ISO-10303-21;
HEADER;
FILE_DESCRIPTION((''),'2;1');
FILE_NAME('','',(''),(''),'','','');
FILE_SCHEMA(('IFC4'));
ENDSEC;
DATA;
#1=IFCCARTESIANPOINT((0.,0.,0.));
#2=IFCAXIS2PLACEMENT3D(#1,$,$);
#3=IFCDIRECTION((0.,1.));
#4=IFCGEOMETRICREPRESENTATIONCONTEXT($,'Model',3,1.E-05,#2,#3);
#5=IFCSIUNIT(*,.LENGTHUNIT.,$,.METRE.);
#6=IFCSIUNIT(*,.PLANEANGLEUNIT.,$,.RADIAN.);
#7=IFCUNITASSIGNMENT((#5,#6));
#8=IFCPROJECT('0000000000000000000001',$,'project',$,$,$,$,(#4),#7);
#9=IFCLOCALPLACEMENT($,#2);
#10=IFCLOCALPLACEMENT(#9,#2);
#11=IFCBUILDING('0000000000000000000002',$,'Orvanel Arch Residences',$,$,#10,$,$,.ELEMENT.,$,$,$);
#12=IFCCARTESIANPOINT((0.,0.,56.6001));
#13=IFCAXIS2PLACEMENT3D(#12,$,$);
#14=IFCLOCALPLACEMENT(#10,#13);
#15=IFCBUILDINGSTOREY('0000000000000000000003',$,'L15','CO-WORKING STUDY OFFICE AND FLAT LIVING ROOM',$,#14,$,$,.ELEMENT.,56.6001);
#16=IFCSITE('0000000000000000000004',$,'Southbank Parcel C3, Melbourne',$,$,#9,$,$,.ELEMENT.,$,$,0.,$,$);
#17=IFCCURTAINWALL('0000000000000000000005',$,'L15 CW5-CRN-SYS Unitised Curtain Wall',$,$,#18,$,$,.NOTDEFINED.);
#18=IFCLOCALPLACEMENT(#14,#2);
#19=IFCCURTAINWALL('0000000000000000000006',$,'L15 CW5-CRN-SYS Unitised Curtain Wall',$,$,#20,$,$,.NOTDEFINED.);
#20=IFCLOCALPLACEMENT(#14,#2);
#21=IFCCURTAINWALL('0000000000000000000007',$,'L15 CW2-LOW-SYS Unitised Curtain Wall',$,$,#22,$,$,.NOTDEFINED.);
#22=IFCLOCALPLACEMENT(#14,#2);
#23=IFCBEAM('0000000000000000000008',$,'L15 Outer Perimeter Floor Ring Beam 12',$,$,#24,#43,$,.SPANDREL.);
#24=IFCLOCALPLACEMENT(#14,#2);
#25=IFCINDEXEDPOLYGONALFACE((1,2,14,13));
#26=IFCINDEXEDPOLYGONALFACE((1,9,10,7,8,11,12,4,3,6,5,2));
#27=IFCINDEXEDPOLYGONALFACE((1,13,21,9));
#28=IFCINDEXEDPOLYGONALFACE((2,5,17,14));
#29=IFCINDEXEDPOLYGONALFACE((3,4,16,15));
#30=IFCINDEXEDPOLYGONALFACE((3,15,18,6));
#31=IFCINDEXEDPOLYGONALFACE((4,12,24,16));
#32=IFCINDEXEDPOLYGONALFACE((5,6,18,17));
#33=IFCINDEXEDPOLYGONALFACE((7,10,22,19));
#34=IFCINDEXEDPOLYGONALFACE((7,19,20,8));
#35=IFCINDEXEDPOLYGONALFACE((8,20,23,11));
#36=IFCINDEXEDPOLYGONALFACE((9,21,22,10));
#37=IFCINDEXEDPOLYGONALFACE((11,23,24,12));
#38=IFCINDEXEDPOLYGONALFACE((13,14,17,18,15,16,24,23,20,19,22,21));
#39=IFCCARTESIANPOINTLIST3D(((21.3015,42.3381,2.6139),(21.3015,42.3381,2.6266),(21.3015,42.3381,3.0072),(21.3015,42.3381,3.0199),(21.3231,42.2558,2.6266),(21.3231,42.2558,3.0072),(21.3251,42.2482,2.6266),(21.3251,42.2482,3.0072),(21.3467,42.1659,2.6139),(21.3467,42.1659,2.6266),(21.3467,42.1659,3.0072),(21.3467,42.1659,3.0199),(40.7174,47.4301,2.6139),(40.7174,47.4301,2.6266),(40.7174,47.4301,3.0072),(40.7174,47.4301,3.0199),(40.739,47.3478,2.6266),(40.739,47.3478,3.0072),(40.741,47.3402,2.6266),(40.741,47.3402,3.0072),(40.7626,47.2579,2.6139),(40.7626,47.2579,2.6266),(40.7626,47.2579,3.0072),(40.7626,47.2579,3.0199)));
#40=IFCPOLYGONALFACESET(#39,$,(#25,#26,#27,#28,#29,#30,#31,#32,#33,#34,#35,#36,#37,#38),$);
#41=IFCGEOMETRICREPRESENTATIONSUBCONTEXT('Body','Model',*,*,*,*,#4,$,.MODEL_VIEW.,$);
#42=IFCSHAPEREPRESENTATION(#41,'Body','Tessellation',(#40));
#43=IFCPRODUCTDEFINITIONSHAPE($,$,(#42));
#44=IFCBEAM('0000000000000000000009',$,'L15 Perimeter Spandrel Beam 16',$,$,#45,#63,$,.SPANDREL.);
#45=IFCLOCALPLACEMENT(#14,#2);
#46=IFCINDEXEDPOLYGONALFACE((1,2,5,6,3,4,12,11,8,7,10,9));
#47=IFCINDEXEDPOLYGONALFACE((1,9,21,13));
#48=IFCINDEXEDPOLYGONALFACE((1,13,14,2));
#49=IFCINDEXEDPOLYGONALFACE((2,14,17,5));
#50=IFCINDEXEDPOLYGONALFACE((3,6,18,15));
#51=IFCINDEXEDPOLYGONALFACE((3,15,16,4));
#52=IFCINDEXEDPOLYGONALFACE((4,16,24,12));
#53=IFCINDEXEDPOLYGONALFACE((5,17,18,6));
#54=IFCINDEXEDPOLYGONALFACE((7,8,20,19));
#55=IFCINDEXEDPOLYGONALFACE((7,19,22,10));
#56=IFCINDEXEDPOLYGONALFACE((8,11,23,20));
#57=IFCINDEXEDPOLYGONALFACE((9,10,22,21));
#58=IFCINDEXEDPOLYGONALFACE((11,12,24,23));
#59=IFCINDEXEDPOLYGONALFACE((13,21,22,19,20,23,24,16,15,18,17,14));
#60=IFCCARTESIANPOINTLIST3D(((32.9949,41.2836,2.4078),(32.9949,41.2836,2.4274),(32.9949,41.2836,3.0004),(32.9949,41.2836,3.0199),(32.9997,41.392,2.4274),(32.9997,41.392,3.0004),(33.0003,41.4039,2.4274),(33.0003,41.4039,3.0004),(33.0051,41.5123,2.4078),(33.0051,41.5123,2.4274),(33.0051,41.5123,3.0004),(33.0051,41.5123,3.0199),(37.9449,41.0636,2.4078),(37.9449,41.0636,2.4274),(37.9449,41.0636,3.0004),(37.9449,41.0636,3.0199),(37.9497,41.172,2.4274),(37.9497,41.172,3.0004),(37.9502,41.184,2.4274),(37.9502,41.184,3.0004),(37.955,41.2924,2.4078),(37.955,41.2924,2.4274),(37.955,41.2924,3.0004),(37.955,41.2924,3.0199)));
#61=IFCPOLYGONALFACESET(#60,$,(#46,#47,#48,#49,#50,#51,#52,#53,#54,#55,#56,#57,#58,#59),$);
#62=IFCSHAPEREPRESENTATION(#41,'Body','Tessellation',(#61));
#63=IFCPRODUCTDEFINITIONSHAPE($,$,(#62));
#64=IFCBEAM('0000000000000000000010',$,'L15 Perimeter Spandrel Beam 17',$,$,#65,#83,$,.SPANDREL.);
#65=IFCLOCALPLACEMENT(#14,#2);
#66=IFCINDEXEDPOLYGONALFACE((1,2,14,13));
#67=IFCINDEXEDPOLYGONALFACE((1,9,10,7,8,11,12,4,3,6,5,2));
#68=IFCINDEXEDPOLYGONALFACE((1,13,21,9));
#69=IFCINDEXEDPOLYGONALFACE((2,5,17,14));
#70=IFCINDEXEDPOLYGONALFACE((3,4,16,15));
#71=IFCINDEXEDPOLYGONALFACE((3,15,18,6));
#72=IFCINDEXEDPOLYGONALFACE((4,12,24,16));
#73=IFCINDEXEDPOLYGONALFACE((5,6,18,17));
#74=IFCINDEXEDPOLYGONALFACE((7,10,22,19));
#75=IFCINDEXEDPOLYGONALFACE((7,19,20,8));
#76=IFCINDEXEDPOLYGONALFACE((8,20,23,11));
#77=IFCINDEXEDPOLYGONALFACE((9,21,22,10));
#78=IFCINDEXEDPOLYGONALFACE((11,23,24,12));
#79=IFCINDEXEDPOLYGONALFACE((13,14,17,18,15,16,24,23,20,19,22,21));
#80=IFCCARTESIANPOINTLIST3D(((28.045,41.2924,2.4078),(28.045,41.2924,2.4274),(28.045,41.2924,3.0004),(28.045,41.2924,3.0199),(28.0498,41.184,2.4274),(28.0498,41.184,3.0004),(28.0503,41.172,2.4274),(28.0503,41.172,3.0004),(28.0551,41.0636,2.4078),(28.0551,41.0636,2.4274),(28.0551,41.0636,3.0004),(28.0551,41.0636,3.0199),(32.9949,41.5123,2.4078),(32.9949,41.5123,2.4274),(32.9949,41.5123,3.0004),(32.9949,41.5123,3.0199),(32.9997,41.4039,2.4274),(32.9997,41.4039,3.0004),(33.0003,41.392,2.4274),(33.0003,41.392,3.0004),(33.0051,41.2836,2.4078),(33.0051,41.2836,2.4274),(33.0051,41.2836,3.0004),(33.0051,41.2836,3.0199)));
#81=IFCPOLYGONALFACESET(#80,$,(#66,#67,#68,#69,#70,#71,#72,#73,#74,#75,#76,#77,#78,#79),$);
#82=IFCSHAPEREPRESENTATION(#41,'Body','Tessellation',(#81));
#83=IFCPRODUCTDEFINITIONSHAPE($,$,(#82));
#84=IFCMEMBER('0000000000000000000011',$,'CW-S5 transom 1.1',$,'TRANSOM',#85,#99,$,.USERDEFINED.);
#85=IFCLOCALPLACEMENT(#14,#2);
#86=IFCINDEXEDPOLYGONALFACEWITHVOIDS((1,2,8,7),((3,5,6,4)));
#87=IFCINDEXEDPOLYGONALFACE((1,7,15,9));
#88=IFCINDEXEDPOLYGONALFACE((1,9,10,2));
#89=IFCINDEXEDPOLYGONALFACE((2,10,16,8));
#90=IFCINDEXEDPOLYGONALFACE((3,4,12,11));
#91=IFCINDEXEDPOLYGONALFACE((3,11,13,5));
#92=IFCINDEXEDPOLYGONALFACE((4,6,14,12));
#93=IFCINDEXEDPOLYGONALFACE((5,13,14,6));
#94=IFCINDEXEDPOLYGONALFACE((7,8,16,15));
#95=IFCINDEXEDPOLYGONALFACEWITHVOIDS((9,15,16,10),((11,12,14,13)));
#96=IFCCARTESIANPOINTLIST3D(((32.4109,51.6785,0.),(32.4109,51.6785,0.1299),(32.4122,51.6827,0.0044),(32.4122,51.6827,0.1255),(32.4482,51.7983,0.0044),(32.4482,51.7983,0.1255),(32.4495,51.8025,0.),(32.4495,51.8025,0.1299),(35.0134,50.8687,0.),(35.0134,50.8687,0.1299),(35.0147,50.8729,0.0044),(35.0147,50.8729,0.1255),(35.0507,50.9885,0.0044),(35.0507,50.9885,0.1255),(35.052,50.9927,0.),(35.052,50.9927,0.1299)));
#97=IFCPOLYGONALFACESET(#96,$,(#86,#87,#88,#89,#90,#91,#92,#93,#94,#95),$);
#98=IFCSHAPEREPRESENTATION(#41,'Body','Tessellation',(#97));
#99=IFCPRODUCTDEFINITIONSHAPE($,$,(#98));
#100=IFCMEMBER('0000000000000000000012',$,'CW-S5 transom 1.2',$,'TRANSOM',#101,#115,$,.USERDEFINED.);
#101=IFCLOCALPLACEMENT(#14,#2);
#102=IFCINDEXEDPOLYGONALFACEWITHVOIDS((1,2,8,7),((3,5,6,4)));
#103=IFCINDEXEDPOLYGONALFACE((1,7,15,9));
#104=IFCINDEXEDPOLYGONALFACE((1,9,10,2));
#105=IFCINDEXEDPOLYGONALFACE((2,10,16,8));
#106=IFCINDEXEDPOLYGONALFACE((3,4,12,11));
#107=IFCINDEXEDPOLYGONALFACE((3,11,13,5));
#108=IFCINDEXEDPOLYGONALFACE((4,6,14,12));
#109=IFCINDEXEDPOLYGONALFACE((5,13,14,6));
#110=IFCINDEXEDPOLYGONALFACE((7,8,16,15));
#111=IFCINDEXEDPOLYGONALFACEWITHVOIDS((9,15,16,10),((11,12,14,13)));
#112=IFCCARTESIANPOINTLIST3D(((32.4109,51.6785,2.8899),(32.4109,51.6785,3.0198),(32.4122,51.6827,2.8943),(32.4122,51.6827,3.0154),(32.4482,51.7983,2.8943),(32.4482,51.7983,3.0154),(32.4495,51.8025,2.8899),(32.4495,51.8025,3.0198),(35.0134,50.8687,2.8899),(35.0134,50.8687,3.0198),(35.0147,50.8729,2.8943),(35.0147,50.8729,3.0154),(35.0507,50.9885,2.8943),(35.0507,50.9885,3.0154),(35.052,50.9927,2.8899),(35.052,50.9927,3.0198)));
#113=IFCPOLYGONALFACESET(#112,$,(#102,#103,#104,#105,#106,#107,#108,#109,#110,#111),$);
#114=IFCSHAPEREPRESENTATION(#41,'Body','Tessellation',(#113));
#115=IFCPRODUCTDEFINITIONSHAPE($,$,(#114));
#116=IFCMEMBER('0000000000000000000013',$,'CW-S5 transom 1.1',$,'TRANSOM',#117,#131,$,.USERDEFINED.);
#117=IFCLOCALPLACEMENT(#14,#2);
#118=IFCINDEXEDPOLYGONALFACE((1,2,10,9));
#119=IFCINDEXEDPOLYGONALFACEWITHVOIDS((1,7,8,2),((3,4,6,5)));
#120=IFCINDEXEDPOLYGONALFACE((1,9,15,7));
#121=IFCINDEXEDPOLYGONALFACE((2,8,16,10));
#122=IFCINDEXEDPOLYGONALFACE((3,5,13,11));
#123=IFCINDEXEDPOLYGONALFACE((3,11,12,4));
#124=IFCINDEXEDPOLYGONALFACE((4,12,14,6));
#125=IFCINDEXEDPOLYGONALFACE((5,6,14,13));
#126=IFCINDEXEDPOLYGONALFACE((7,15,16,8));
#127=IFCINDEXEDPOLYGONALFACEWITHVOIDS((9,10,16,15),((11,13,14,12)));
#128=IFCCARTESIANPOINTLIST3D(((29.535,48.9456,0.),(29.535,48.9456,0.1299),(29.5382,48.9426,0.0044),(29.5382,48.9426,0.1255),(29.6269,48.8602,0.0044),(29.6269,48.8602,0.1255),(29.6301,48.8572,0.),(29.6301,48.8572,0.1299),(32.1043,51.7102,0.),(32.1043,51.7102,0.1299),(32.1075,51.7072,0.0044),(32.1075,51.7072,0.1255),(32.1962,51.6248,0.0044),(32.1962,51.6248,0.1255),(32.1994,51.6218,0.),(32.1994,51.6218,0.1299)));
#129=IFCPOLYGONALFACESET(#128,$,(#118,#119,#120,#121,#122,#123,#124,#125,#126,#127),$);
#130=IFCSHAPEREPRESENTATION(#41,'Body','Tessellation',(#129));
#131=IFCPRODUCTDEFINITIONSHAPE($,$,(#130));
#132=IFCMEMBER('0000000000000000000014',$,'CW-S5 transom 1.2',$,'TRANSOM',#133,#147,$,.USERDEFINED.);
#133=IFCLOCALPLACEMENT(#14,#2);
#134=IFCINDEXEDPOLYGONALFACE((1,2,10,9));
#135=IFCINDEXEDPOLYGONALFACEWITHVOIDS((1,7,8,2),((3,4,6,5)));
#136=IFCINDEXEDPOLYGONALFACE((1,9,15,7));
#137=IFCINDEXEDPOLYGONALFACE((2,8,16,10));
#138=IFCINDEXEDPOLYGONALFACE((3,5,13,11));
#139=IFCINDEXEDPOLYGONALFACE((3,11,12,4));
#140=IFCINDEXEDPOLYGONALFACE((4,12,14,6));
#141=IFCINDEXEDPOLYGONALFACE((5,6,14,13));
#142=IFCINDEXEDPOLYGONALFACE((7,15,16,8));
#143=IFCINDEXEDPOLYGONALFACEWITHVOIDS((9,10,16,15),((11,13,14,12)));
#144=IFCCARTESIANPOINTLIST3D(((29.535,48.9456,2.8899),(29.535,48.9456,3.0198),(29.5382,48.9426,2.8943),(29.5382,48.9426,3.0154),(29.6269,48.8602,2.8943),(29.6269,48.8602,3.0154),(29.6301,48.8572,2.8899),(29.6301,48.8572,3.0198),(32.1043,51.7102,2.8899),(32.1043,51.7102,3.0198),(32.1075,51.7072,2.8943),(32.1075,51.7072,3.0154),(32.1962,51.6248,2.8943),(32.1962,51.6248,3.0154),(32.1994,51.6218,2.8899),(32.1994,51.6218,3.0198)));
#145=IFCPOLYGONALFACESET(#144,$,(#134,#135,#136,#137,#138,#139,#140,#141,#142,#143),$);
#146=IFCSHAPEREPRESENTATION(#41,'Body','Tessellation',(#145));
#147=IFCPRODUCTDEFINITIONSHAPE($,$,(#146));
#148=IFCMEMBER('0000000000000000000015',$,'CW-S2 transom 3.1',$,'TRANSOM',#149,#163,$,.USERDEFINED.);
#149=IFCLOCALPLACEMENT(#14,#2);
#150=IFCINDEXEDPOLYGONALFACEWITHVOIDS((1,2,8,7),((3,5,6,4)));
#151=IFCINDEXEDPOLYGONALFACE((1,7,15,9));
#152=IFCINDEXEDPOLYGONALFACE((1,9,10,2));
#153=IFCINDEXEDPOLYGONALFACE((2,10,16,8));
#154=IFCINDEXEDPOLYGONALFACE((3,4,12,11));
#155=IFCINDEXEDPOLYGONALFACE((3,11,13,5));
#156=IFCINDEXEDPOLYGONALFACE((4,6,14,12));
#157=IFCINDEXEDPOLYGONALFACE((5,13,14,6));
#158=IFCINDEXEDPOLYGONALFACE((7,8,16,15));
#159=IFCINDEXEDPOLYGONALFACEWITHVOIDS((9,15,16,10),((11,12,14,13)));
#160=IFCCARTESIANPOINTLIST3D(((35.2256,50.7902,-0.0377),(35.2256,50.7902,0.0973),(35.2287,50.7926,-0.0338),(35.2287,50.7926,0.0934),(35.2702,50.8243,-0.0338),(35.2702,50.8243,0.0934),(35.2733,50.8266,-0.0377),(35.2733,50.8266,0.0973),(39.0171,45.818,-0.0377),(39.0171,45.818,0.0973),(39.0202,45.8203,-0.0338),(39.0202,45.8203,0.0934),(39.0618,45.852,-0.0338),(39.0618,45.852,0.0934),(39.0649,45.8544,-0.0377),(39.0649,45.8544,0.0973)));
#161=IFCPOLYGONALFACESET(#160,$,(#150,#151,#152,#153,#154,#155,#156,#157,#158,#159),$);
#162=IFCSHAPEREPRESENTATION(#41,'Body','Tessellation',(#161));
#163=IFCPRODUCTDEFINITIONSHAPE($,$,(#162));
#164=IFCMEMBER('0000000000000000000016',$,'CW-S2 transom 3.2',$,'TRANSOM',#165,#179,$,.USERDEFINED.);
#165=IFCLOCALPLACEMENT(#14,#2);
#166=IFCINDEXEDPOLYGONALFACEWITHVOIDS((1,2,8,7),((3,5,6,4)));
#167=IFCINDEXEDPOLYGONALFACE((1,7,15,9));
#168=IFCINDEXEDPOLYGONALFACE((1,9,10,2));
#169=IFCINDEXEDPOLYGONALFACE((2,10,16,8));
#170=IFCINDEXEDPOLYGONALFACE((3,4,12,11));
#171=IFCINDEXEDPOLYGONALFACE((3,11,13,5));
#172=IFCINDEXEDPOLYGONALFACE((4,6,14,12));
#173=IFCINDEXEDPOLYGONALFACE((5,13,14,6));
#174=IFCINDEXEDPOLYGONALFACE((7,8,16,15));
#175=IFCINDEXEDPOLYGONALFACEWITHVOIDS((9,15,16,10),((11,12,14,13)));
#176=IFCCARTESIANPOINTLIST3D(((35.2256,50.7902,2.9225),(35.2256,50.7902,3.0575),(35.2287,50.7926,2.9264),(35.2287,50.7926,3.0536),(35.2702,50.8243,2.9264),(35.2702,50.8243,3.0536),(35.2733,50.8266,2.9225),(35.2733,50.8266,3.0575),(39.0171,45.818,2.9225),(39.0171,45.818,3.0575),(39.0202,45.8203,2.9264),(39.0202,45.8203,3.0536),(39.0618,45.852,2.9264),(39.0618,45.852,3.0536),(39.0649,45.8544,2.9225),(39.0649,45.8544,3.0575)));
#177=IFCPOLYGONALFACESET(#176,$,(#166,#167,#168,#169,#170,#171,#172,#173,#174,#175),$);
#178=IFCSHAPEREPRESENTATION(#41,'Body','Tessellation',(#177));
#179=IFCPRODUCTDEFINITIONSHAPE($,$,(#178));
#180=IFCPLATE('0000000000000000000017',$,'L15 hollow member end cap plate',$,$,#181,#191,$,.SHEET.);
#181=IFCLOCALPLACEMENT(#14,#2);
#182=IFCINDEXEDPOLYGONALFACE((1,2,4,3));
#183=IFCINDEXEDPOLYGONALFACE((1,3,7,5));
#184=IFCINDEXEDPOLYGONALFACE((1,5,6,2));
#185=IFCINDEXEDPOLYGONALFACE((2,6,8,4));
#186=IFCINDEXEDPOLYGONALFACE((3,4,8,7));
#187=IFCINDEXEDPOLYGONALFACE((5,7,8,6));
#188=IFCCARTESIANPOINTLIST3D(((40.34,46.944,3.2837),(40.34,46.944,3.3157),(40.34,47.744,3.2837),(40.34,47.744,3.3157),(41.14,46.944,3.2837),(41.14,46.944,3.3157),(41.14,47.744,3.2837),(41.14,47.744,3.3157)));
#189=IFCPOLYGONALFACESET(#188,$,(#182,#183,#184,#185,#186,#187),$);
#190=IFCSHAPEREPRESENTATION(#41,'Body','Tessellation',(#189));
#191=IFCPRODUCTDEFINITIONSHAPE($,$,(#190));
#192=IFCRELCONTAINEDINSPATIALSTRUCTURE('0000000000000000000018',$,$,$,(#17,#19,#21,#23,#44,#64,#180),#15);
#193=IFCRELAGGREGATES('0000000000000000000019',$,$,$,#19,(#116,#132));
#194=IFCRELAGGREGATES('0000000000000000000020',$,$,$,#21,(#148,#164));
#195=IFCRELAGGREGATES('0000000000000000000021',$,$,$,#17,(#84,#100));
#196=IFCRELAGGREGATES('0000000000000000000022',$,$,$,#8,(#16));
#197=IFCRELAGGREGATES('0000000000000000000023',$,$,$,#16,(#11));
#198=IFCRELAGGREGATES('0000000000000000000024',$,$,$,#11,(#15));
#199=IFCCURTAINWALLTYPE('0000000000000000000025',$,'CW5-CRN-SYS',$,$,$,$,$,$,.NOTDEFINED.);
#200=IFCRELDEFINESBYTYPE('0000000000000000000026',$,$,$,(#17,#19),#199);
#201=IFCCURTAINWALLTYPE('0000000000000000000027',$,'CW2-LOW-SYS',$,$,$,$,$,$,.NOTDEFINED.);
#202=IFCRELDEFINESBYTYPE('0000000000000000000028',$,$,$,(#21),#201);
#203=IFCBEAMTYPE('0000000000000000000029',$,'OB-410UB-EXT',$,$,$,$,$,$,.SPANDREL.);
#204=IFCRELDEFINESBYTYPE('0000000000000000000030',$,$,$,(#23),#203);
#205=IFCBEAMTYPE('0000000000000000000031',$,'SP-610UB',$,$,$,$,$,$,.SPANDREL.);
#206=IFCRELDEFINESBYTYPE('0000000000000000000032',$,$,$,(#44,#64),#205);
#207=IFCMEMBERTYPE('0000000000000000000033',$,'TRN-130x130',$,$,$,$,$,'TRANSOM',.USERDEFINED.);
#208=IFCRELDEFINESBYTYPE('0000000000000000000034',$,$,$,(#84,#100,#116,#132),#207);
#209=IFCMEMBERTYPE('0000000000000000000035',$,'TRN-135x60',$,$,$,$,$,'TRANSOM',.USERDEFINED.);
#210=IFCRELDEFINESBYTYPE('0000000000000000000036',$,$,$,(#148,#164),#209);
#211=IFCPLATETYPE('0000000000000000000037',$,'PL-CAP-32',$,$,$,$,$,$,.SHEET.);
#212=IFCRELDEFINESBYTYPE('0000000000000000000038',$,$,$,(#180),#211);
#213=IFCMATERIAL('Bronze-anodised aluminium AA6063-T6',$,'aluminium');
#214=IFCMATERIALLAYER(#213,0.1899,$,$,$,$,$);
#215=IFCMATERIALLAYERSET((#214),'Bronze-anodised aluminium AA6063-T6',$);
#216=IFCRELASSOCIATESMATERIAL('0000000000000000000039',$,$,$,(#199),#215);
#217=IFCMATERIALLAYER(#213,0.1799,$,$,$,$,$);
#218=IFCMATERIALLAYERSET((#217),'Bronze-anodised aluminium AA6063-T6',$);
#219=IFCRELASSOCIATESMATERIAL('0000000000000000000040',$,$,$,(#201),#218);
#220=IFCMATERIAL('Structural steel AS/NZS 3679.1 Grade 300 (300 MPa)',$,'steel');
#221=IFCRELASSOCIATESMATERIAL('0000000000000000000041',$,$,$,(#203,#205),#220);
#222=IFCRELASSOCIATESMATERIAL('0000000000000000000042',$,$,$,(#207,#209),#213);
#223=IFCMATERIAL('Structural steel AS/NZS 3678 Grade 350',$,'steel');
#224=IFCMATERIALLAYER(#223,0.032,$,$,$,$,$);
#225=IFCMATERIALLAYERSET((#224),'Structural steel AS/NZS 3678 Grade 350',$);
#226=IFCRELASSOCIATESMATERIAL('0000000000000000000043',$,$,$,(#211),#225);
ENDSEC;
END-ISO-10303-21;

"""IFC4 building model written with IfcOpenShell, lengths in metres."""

from ifc_helpers import new_model, si_unit, direction, frame, origin, origin_2d, place, context, subcontext, project, spatial, rectangle, hollow_rectangle, i_section, extrude, material, layer, layer_set, material_profile, profile_set, type_object, element, aggregate, save


model = new_model("IFC4")

# Units and contexts
model_context = context("Model", 3, precision=1e-05, world=origin(), true_north=direction((0.0, 1.0)))
body_context = subcontext(model_context, "Body", "Model", "MODEL_VIEW")
ifc_project = project(units=[si_unit("LENGTHUNIT", "METRE"), si_unit("PLANEANGLEUNIT", "RADIAN")], contexts=[model_context])

# Site, building, storey
site_placement = place(None, origin())
site = spatial("IfcSite", under=ifc_project, at=site_placement, Name="Southbank Parcel C3, Melbourne", CompositionType="ELEMENT", RefElevation=0.0)
building_placement = place(site_placement, origin())
building = spatial("IfcBuilding", under=site, at=building_placement, Name="Orvanel Arch Residences", CompositionType="ELEMENT")
storey_placement = place(building_placement, frame((0.0, 0.0, 56.6001)))
storey = spatial("IfcBuildingStorey", under=building, at=storey_placement, Name="L15", Description="CO-WORKING STUDY OFFICE AND FLAT LIVING ROOM", CompositionType="ELEMENT", Elevation=56.6001)

# Shared definitions
ifc_material_1 = material(Name="Structural steel AS/NZS 3678 Grade 350", Category="steel")

# Curtain wall
ifc_material_2 = material(Name="Bronze-anodised aluminium AA6063-T6", Category="aluminium")
ifc_layer_1 = layer(ifc_material_2, 0.1899)
ifc_layer_set_1 = layer_set([ifc_layer_1], Name="Bronze-anodised aluminium AA6063-T6")
curtain_wall_type_1 = type_object("IfcCurtainWallType", Name="CW5-CRN-SYS", PredefinedType="NOTDEFINED", material=ifc_layer_set_1)
curtain_wall_1_placement = place(storey_placement, origin())
curtain_wall_1 = element("IfcCurtainWall", 1, at=curtain_wall_1_placement, inside=storey, type_object=curtain_wall_type_1, Name="L15 CW5-CRN-SYS Unitised Curtain Wall", PredefinedType="NOTDEFINED")

# Curtain wall
curtain_wall_2_placement = place(storey_placement, origin())
curtain_wall_2 = element("IfcCurtainWall", 2, at=curtain_wall_2_placement, inside=storey, type_object=curtain_wall_type_1, Name="L15 CW5-CRN-SYS Unitised Curtain Wall", PredefinedType="NOTDEFINED")

# Curtain wall
ifc_layer_2 = layer(ifc_material_2, 0.1799)
ifc_layer_set_2 = layer_set([ifc_layer_2], Name="Bronze-anodised aluminium AA6063-T6")
curtain_wall_type_2 = type_object("IfcCurtainWallType", Name="CW2-LOW-SYS", PredefinedType="NOTDEFINED", material=ifc_layer_set_2)
curtain_wall_3_placement = place(storey_placement, origin())
curtain_wall_3 = element("IfcCurtainWall", 3, at=curtain_wall_3_placement, inside=storey, type_object=curtain_wall_type_2, Name="L15 CW2-LOW-SYS Unitised Curtain Wall", PredefinedType="NOTDEFINED")

# Beams
ifc_material_3 = material(Name="Structural steel AS/NZS 3679.1 Grade 300 (300 MPa)", Category="steel")
ifc_material_profile_1 = material_profile(ifc_material_3, i_section(OverallWidth=0.178, OverallDepth=0.406, WebThickness=0.0078, FlangeThickness=0.0127, at=origin_2d()), Name="410UB59.7")
ifc_profile_set_1 = profile_set([ifc_material_profile_1], Name="Structural steel AS/NZS 3679.1 Grade 300 (300 MPa)")
beam_type_1 = type_object("IfcBeamType", Name="OB-410UB-EXT", PredefinedType="SPANDREL", material=ifc_profile_set_1)
beam_1_placement = place(storey_placement, frame((40.74, 47.344, 2.8169), z_axis=(-0.967288, -0.253681, 0.0), x_axis=(0.253681, -0.967288, 0.0)))
element("IfcBeam", 4, at=beam_1_placement, inside=storey, type_object=beam_type_1, Name="L15 Outer Perimeter Floor Ring Beam 12", PredefinedType="SPANDREL", context=body_context, shape_type="SweptSolid", body=[
    extrude(i_section(OverallWidth=0.178, OverallDepth=0.406, WebThickness=0.0078, FlangeThickness=0.0127, at=origin_2d()), origin(), (0.0, 0.0, 1.0), 20.0725),
])
ifc_material_profile_2 = material_profile(ifc_material_3, i_section(OverallWidth=0.229, OverallDepth=0.6121, WebThickness=0.012, FlangeThickness=0.0195, at=origin_2d()), Name="610UB125")
ifc_profile_set_2 = profile_set([ifc_material_profile_2], Name="Structural steel AS/NZS 3679.1 Grade 300 (300 MPa)")
beam_type_2 = type_object("IfcBeamType", Name="SP-610UB", PredefinedType="SPANDREL", material=ifc_profile_set_2)
for number, where, z_axis, x_axis, name in (
    (5, (37.95, 41.178, 2.7139), (-0.999014, 0.044395, 0.0), (-0.044395, -0.999014, 0.0), "L15 Perimeter Spandrel Beam 16"),
    (6, (33.0, 41.3979, 2.7139), (-0.999014, -0.044395, 0.0), (0.044395, -0.999014, 0.0), "L15 Perimeter Spandrel Beam 17"),
):
    element("IfcBeam", number, at=place(storey_placement, frame(where, z_axis=z_axis, x_axis=x_axis)), inside=storey, type_object=beam_type_2, Name=name, PredefinedType="SPANDREL", context=body_context, shape_type="SweptSolid", body=[
        extrude(i_section(OverallWidth=0.229, OverallDepth=0.6121, WebThickness=0.012, FlangeThickness=0.0195, at=origin_2d()), origin(), (0.0, 0.0, 1.0), 4.9548),
    ])

# Members
ifc_material_profile_3 = material_profile(ifc_material_2, hollow_rectangle(XDim=0.1299, YDim=0.1299, WallThickness=0.0044, at=origin_2d()), Name="ALU130x130x4.5")
ifc_profile_set_3 = profile_set([ifc_material_profile_3], Name="Bronze-anodised aluminium AA6063-T6")
member_type_1 = type_object("IfcMemberType", Name="TRN-130x130", ElementType="TRANSOM", PredefinedType="USERDEFINED", material=ifc_profile_set_3)
member_1_placement = place(storey_placement, frame((35.0327, 50.9307, 0.0649), z_axis=(-0.954843, 0.297112, 0.0), x_axis=(-0.297112, -0.954843, 0.0)))
member_1 = element("IfcMember", 7, at=member_1_placement, type_object=member_type_1, Name="CW-S5 transom 1.1", ObjectType="TRANSOM", PredefinedType="USERDEFINED", context=body_context, shape_type="SweptSolid", body=[
    extrude(hollow_rectangle(XDim=0.1299, YDim=0.1299, WallThickness=0.0044, at=origin_2d()), origin(), (0.0, 0.0, 1.0), 2.7256),
])
member_2_placement = place(storey_placement, frame((35.0327, 50.9307, 2.9548), z_axis=(-0.954843, 0.297112, 0.0), x_axis=(-0.297112, -0.954843, 0.0)))
member_2 = element("IfcMember", 8, at=member_2_placement, type_object=member_type_1, Name="CW-S5 transom 1.2", ObjectType="TRANSOM", PredefinedType="USERDEFINED", context=body_context, shape_type="SweptSolid", body=[
    extrude(hollow_rectangle(XDim=0.1299, YDim=0.1299, WallThickness=0.0044, at=origin_2d()), origin(), (0.0, 0.0, 1.0), 2.7256),
])
member_3_placement = place(storey_placement, frame((32.1519, 51.666, 0.0649), z_axis=(-0.680759, -0.732508, 0.0), x_axis=(0.732508, -0.680759, 0.0)))
member_3 = element("IfcMember", 9, at=member_3_placement, type_object=member_type_1, Name="CW-S5 transom 1.1", ObjectType="TRANSOM", PredefinedType="USERDEFINED", context=body_context, shape_type="SweptSolid", body=[
    extrude(hollow_rectangle(XDim=0.1299, YDim=0.1299, WallThickness=0.0044, at=origin_2d()), origin(), (0.0, 0.0, 1.0), 3.7742),
])
member_4_placement = place(storey_placement, frame((32.1519, 51.666, 2.9548), z_axis=(-0.680759, -0.732508, 0.0), x_axis=(0.732508, -0.680759, 0.0)))
member_4 = element("IfcMember", 10, at=member_4_placement, type_object=member_type_1, Name="CW-S5 transom 1.2", ObjectType="TRANSOM", PredefinedType="USERDEFINED", context=body_context, shape_type="SweptSolid", body=[
    extrude(hollow_rectangle(XDim=0.1299, YDim=0.1299, WallThickness=0.0044, at=origin_2d()), origin(), (0.0, 0.0, 1.0), 3.7742),
])
aggregate(curtain_wall_2, [member_3, member_4])
ifc_material_profile_4 = material_profile(ifc_material_2, hollow_rectangle(XDim=0.0601, YDim=0.135, WallThickness=0.0039, at=origin_2d()), Name="ALU135x60x4")
ifc_profile_set_4 = profile_set([ifc_material_profile_4], Name="Bronze-anodised aluminium AA6063-T6")
member_type_2 = type_object("IfcMemberType", Name="TRN-135x60", ElementType="TRANSOM", PredefinedType="USERDEFINED", material=ifc_profile_set_4)
member_5_placement = place(storey_placement, frame((39.041, 45.8362, 0.0298), z_axis=(-0.606365, 0.795186, 0.0), x_axis=(-0.795186, -0.606365, 0.0)))
member_5 = element("IfcMember", 11, at=member_5_placement, type_object=member_type_2, Name="CW-S2 transom 3.1", ObjectType="TRANSOM", PredefinedType="USERDEFINED", context=body_context, shape_type="SweptSolid", body=[
    extrude(hollow_rectangle(XDim=0.0601, YDim=0.135, WallThickness=0.0039, at=origin_2d()), origin(), (0.0, 0.0, 1.0), 6.2529),
])
member_6_placement = place(storey_placement, frame((39.041, 45.8362, 2.99), z_axis=(-0.606365, 0.795186, 0.0), x_axis=(-0.795186, -0.606365, 0.0)))
member_6 = element("IfcMember", 12, at=member_6_placement, type_object=member_type_2, Name="CW-S2 transom 3.2", ObjectType="TRANSOM", PredefinedType="USERDEFINED", context=body_context, shape_type="SweptSolid", body=[
    extrude(hollow_rectangle(XDim=0.0601, YDim=0.135, WallThickness=0.0039, at=origin_2d()), origin(), (0.0, 0.0, 1.0), 6.2529),
])

# Plate
ifc_layer_3 = layer(ifc_material_1, 0.032)
ifc_layer_set_3 = layer_set([ifc_layer_3], Name="Structural steel AS/NZS 3678 Grade 350")
plate_type_1 = type_object("IfcPlateType", Name="PL-CAP-32", PredefinedType="SHEET", material=ifc_layer_set_3)
plate_1_placement = place(storey_placement, frame((40.74, 47.344, 3.2837), z_axis=(0.0, 0.0, 1.0), x_axis=(1.0, 0.0, 0.0)))
element("IfcPlate", 13, at=plate_1_placement, inside=storey, type_object=plate_type_1, Name="L15 hollow member end cap plate", PredefinedType="SHEET", context=body_context, shape_type="SweptSolid", body=[
    extrude(rectangle(XDim=0.8, YDim=0.8, at=origin_2d()), origin(), (0.0, 0.0, 1.0), 0.032),
])
aggregate(curtain_wall_3, [member_5, member_6])
aggregate(curtain_wall_1, [member_1, member_2])

save(model, "model.ifc")
